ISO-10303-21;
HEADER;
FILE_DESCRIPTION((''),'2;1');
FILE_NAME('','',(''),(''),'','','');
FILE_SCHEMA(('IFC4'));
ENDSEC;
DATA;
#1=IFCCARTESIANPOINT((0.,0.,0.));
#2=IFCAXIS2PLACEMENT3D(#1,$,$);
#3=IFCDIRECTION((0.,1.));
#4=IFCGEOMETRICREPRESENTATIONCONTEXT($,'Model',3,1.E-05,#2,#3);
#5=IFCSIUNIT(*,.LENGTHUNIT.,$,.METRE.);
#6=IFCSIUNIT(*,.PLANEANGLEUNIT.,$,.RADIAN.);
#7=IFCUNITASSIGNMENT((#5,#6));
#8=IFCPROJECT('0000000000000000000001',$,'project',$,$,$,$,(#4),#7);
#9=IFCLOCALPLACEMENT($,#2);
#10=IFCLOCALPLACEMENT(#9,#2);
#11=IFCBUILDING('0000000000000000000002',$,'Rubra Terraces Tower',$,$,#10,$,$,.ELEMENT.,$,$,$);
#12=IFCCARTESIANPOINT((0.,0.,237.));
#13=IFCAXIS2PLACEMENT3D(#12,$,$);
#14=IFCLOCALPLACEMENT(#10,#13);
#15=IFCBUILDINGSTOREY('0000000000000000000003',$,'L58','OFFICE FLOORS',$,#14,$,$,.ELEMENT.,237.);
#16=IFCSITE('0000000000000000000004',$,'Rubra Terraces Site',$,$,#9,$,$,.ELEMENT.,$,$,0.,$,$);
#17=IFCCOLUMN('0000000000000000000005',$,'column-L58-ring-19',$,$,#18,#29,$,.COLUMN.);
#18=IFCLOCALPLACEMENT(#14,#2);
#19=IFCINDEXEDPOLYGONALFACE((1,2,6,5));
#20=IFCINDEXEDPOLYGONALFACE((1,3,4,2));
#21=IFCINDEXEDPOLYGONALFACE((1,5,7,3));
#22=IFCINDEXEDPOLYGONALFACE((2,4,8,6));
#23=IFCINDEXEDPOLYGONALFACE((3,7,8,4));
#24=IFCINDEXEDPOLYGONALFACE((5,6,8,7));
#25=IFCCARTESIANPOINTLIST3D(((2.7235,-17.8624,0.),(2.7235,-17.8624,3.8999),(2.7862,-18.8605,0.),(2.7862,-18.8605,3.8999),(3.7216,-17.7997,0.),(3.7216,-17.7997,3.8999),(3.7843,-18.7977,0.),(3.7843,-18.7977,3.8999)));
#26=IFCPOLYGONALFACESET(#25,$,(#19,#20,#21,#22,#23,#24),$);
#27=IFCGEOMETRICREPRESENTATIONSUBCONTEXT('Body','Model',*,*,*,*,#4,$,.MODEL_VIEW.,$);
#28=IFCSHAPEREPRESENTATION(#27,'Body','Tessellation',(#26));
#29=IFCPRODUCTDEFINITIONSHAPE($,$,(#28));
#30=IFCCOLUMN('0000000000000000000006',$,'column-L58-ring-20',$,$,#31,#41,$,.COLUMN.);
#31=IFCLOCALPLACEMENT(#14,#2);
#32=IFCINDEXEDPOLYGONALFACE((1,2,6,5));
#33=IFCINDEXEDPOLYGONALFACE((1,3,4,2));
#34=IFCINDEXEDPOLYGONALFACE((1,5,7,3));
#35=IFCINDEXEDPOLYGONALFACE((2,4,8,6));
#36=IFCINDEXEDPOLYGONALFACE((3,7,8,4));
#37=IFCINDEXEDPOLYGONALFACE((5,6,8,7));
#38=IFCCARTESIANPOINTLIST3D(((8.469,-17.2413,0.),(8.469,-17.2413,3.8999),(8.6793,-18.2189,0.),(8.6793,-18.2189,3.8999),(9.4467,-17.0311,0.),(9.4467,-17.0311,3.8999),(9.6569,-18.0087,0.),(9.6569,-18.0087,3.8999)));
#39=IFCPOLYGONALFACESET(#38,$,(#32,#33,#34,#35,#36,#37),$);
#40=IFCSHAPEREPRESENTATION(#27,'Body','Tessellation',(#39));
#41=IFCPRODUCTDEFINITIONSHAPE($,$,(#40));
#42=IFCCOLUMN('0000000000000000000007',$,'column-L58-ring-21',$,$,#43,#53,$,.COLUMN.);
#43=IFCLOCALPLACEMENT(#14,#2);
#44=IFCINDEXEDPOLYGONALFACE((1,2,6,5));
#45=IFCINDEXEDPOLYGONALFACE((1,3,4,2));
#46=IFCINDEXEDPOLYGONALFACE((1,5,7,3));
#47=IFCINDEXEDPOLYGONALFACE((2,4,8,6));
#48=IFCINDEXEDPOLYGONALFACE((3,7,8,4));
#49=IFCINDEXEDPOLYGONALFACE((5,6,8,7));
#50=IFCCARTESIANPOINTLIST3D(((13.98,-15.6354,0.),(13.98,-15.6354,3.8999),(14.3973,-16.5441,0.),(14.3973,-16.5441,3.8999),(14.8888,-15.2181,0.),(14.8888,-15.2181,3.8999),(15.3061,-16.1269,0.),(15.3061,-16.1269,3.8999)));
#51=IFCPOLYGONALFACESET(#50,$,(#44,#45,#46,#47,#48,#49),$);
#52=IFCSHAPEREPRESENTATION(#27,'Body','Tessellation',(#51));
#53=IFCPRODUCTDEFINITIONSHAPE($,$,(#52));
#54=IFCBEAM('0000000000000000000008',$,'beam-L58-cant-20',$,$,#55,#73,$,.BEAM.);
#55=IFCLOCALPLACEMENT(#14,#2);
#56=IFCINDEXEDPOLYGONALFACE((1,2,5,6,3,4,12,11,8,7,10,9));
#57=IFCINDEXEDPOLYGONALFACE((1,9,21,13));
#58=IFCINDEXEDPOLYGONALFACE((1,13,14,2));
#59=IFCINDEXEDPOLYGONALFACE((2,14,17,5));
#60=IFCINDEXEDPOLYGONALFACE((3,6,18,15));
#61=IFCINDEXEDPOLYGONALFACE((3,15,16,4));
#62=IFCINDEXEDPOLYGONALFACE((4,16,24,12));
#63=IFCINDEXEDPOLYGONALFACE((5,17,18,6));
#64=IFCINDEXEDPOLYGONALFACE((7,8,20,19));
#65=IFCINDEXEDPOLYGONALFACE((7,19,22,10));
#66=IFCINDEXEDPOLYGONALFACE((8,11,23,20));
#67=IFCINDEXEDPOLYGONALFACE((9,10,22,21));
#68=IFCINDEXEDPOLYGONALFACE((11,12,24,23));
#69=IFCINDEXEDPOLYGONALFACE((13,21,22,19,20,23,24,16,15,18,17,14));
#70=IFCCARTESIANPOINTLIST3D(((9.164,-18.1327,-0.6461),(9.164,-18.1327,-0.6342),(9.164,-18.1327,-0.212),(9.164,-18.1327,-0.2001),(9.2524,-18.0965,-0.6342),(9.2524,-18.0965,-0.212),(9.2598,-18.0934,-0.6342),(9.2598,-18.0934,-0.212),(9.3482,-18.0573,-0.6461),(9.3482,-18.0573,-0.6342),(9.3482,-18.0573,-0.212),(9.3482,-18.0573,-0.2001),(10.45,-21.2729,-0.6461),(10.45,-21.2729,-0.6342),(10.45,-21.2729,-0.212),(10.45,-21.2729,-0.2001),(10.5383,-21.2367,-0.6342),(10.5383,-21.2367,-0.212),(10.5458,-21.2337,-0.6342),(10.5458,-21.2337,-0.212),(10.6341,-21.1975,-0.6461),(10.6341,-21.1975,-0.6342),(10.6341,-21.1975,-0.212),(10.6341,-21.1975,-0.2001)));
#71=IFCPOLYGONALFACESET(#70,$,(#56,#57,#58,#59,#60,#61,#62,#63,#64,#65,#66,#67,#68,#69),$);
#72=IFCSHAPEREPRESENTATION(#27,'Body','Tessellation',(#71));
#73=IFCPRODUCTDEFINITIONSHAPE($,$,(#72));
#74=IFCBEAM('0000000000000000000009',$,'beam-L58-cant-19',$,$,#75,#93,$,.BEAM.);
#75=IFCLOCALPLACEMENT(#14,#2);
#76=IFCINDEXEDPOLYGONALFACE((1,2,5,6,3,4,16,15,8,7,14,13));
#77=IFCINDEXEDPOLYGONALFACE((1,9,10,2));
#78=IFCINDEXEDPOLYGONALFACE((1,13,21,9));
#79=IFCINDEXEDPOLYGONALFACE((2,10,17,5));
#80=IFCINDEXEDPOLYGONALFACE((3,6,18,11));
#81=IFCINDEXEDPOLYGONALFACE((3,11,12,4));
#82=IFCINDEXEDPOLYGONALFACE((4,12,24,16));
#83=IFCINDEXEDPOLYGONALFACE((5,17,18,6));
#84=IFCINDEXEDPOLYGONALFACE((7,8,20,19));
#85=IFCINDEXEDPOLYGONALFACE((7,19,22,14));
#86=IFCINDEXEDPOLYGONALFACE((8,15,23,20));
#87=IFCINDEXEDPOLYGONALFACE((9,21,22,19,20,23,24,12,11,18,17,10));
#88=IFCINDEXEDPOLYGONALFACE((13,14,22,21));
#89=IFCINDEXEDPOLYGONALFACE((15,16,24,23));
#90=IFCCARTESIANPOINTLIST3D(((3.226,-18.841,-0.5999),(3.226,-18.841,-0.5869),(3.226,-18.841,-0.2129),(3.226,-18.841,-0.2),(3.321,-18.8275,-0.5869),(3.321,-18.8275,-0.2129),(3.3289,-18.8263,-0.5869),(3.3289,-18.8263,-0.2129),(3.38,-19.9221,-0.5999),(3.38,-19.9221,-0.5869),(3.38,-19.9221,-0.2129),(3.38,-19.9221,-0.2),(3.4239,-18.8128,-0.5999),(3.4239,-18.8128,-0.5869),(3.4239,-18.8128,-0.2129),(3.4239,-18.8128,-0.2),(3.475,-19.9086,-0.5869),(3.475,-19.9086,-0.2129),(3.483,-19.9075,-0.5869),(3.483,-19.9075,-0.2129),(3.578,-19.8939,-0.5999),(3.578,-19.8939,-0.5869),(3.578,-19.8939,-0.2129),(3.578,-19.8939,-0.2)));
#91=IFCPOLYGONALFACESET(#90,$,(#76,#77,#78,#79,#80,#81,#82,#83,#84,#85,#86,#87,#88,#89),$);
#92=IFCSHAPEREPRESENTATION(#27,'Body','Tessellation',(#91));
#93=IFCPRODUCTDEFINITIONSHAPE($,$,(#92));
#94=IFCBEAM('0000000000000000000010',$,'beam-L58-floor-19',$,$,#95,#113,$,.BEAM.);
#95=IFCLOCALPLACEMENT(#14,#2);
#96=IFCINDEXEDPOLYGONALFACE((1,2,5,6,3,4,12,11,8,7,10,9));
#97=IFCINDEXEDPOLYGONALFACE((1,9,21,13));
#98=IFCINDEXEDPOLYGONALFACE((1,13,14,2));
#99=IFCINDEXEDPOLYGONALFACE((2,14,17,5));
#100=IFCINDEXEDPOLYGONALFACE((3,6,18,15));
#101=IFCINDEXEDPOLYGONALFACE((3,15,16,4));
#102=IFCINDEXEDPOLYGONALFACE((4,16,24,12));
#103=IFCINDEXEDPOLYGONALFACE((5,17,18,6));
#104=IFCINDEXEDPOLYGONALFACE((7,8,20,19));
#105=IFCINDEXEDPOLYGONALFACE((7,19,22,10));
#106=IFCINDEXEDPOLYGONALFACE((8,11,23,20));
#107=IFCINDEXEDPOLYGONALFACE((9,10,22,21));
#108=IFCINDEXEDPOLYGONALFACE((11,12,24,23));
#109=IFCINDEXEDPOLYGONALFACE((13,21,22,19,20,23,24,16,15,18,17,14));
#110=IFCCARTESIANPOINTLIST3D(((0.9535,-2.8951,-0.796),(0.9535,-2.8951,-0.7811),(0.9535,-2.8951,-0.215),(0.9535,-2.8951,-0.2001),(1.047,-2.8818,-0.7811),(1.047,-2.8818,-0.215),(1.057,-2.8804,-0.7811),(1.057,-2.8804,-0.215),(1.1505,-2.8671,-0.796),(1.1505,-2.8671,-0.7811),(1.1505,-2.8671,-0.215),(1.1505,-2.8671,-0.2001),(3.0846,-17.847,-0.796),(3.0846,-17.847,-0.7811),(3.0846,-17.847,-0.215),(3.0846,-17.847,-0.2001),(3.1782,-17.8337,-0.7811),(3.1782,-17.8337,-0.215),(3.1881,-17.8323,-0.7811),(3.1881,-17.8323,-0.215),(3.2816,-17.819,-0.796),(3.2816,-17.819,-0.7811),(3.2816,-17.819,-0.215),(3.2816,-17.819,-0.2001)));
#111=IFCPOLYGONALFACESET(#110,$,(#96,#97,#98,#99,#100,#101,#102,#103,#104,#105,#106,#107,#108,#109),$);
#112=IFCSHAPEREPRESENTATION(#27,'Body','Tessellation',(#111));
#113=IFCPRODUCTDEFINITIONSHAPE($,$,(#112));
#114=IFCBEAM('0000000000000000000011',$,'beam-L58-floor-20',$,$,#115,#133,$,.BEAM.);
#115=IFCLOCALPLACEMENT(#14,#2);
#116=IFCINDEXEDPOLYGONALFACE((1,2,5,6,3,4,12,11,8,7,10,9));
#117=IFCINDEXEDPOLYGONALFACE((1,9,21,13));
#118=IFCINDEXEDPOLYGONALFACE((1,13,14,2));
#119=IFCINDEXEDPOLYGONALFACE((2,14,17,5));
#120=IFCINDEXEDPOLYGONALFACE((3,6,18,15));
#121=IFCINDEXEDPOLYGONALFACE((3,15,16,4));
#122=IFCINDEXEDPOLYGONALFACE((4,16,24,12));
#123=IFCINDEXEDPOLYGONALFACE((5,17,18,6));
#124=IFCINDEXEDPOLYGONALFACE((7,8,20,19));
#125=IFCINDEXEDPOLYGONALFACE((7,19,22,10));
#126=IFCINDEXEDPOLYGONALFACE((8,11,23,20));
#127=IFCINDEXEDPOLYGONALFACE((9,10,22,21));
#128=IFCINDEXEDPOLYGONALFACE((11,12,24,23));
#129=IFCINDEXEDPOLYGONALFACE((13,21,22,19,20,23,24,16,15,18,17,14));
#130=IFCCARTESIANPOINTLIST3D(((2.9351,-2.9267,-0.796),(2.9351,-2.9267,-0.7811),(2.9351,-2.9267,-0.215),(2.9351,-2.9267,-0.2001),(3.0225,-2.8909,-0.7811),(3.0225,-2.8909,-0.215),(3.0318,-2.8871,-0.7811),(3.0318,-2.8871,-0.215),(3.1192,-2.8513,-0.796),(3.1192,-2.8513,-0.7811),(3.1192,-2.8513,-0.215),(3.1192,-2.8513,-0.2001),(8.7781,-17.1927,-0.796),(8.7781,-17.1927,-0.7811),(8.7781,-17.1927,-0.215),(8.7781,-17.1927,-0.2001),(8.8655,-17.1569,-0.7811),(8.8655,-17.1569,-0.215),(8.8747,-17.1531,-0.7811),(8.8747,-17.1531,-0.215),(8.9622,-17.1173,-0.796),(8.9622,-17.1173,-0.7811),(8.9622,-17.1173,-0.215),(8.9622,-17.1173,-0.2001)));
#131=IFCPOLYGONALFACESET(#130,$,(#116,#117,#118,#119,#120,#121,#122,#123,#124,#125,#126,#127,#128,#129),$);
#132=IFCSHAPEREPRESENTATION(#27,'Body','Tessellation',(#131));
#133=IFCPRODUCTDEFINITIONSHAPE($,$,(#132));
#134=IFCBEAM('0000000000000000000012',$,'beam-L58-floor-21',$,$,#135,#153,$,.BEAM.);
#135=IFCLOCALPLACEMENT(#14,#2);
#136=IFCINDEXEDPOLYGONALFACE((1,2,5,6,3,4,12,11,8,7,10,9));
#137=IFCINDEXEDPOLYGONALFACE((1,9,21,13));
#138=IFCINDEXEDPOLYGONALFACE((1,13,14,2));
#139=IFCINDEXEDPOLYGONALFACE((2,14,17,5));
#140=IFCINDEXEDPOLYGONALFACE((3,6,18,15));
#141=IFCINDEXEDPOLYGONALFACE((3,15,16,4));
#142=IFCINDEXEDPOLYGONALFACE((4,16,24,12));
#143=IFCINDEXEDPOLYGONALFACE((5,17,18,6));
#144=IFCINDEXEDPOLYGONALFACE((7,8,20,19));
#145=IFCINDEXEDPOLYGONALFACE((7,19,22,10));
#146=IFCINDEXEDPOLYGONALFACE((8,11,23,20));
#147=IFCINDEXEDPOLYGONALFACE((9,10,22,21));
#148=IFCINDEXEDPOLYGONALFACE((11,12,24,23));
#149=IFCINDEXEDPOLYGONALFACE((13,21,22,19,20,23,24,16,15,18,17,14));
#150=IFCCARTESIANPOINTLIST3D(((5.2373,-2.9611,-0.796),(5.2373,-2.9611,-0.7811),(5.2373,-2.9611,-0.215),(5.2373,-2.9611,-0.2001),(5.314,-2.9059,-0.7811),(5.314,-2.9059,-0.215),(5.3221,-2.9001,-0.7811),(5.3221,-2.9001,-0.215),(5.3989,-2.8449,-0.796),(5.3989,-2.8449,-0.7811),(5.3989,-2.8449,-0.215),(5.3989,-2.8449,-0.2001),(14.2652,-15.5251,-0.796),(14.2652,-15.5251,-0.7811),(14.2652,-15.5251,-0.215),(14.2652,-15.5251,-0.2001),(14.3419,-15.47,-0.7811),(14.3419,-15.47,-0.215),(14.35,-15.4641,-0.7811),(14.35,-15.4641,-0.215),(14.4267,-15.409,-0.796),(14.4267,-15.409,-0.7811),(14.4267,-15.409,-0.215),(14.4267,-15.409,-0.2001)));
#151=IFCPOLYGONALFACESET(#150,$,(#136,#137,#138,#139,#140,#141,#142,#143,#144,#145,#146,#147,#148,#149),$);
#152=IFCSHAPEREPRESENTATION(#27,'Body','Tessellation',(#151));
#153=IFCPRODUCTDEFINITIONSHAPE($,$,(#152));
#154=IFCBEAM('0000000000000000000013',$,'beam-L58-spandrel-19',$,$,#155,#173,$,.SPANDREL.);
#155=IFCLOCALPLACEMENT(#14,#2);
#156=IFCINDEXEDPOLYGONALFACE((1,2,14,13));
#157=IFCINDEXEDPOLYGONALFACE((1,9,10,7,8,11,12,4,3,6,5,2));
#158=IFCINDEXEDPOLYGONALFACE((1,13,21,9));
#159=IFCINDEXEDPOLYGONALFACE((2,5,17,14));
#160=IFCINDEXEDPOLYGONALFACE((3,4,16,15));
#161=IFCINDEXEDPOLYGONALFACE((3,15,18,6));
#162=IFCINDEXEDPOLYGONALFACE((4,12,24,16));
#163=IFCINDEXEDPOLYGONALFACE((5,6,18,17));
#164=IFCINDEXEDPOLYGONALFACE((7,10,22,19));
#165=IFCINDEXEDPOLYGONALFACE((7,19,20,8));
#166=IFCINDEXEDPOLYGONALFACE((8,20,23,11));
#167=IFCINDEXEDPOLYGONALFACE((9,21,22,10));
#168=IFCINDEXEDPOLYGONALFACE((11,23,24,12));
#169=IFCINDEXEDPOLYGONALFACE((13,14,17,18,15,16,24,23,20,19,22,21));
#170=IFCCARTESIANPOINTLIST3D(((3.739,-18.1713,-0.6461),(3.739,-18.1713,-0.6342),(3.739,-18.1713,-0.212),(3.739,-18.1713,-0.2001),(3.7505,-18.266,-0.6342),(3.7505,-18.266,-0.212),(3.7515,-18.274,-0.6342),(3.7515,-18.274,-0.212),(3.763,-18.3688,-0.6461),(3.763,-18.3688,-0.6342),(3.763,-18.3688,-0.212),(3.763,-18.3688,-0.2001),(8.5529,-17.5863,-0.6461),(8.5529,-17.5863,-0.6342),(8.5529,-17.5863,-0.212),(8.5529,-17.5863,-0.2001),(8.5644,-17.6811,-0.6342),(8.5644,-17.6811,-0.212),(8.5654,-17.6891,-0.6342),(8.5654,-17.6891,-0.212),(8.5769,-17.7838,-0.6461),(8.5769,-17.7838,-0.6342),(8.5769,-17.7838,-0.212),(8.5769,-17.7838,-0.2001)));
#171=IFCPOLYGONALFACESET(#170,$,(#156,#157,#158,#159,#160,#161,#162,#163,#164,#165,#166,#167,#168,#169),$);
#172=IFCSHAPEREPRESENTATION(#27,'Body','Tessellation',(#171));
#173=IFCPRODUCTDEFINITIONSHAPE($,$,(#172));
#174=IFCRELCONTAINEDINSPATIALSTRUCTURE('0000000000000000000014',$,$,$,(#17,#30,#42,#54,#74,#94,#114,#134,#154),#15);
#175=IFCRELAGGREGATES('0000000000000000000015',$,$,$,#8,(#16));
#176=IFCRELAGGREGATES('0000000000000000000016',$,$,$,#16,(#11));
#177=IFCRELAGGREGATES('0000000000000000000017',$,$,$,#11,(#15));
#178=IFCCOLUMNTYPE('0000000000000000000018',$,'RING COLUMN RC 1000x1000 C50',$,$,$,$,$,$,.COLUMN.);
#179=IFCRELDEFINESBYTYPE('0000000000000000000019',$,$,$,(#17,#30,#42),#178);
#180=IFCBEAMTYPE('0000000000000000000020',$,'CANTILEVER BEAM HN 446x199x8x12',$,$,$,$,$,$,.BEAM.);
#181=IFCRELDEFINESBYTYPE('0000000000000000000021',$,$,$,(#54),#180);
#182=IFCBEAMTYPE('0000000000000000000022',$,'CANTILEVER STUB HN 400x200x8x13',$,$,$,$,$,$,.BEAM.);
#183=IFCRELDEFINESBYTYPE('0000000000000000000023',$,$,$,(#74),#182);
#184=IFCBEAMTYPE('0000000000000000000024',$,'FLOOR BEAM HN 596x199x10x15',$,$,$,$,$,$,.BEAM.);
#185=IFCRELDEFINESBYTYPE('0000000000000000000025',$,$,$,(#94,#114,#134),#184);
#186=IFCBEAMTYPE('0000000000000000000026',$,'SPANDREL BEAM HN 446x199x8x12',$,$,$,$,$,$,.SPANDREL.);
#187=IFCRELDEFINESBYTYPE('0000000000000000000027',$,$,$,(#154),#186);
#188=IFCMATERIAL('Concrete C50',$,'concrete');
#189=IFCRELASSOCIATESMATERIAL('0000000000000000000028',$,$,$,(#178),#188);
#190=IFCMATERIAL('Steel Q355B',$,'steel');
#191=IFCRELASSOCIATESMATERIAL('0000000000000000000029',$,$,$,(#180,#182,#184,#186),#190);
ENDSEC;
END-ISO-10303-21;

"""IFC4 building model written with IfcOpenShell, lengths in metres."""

from ifc_helpers import new_model, si_unit, direction, frame, origin, origin_2d, place, context, subcontext, project, spatial, rectangle, i_section, extrude, material, material_profile, profile_set, type_object, element, save


model = new_model("IFC4")

# Units and contexts
model_context = context("Model", 3, precision=1e-05, world=origin(), true_north=direction((0.0, 1.0)))
body_context = subcontext(model_context, "Body", "Model", "MODEL_VIEW")
ifc_project = project(units=[si_unit("LENGTHUNIT", "METRE"), si_unit("PLANEANGLEUNIT", "RADIAN")], contexts=[model_context])

# Site, building, storey
site_placement = place(None, origin())
site = spatial("IfcSite", under=ifc_project, at=site_placement, Name="Rubra Terraces Site", CompositionType="ELEMENT", RefElevation=0.0)
building_placement = place(site_placement, origin())
building = spatial("IfcBuilding", under=site, at=building_placement, Name="Rubra Terraces Tower", CompositionType="ELEMENT")
storey_placement = place(building_placement, frame((0.0, 0.0, 237.0)))
storey = spatial("IfcBuildingStorey", under=building, at=storey_placement, Name="L58", Description="OFFICE FLOORS", CompositionType="ELEMENT", Elevation=237.0)

# Columns
ifc_material_1 = material(Name="Concrete C50", Category="concrete")
ifc_material_profile_1 = material_profile(ifc_material_1, rectangle(XDim=1.0, YDim=1.0, at=origin_2d()), Name="RC 1000x1000")
ifc_profile_set_1 = profile_set([ifc_material_profile_1], Name="Concrete C50")
column_type = type_object("IfcColumnType", Name="RING COLUMN RC 1000x1000 C50", PredefinedType="COLUMN", material=ifc_profile_set_1)
for number, where, z_axis, x_axis, name in (
    (1, (3.2539, -18.3301, 0.0), (0.0, 0.0, 1.0), (0.998032, 0.062714, 0.0), "column-L58-ring-19"),
    (2, (9.063, -17.625, 0.0), (0.0, 0.0, 1.0), (0.977653, 0.210227, 0.0), "column-L58-ring-20"),
    (3, (14.6431, -15.8811, 0.0), (0.0, 0.0, 1.0), (0.908779, 0.417279, 0.0), "column-L58-ring-21"),
):
    element("IfcColumn", number, at=place(storey_placement, frame(where, z_axis=z_axis, x_axis=x_axis)), inside=storey, type_object=column_type, Name=name, PredefinedType="COLUMN", context=body_context, shape_type="SweptSolid", body=[
        extrude(rectangle(XDim=1.0, YDim=1.0, at=origin_2d()), origin(), (0.0, 0.0, 1.0), 3.8999),
    ])

# Beams
ifc_material_2 = material(Name="Steel Q355B", Category="steel")
ifc_material_profile_2 = material_profile(ifc_material_2, i_section(OverallWidth=0.199, OverallDepth=0.446, WebThickness=0.0081, FlangeThickness=0.012, at=origin_2d()), Name="HN 446x199x8x12")
ifc_profile_set_2 = profile_set([ifc_material_profile_2], Name="Steel Q355B")
beam_type_1 = type_object("IfcBeamType", Name="CANTILEVER BEAM HN 446x199x8x12", PredefinedType="BEAM", material=ifc_profile_set_2)
beam_1_placement = place(storey_placement, frame((9.2561, -18.095, -0.4231), z_axis=(0.378958, -0.925414, 0.0), x_axis=(0.925414, 0.378958, 0.0)))
element("IfcBeam", 4, at=beam_1_placement, inside=storey, type_object=beam_type_1, Name="beam-L58-cant-20", PredefinedType="BEAM", context=body_context, shape_type="SweptSolid", body=[
    extrude(i_section(OverallWidth=0.199, OverallDepth=0.446, WebThickness=0.0081, FlangeThickness=0.012, at=origin_2d()), origin(), (0.0, 0.0, 1.0), 3.3933),
])
ifc_material_profile_3 = material_profile(ifc_material_2, i_section(OverallWidth=0.2, OverallDepth=0.3999, WebThickness=0.0081, FlangeThickness=0.0129, at=origin_2d()), Name="HN 400x200x8x13")
ifc_profile_set_3 = profile_set([ifc_material_profile_3], Name="Steel Q355B")
beam_type_2 = type_object("IfcBeamType", Name="CANTILEVER STUB HN 400x200x8x13", PredefinedType="BEAM", material=ifc_profile_set_3)
beam_2_placement = place(storey_placement, frame((3.325, -18.8269, -0.3999), z_axis=(0.141077, -0.989999, 0.0), x_axis=(0.989999, 0.141077, 0.0)))
element("IfcBeam", 5, at=beam_2_placement, inside=storey, type_object=beam_type_2, Name="beam-L58-cant-19", PredefinedType="BEAM", context=body_context, shape_type="SweptSolid", body=[
    extrude(i_section(OverallWidth=0.2, OverallDepth=0.3999, WebThickness=0.0081, FlangeThickness=0.0129, at=origin_2d()), origin(), (0.0, 0.0, 1.0), 1.092),
])
ifc_material_profile_4 = material_profile(ifc_material_2, i_section(OverallWidth=0.199, OverallDepth=0.5959, WebThickness=0.01, FlangeThickness=0.0149, at=origin_2d()), Name="HN 596x199x10x15")
ifc_profile_set_4 = profile_set([ifc_material_profile_4], Name="Steel Q355B")
beam_type_3 = type_object("IfcBeamType", Name="FLOOR BEAM HN 596x199x10x15", PredefinedType="BEAM", material=ifc_profile_set_4)
beam_3_placement = place(storey_placement, frame((3.1831, -17.833, -0.498), z_axis=(-0.141105, 0.989995, 0.0), x_axis=(-0.989995, -0.141105, 0.0)))
element("IfcBeam", 6, at=beam_3_placement, inside=storey, type_object=beam_type_3, Name="beam-L58-floor-19", PredefinedType="BEAM", context=body_context, shape_type="SweptSolid", body=[
    extrude(i_section(OverallWidth=0.199, OverallDepth=0.5959, WebThickness=0.01, FlangeThickness=0.0149, at=origin_2d()), origin(), (0.0, 0.0, 1.0), 15.103),
])
beam_4_placement = place(storey_placement, frame((8.8701, -17.155, -0.498), z_axis=(-0.379015, 0.92539, 0.0), x_axis=(-0.92539, -0.379015, 0.0)))
element("IfcBeam", 7, at=beam_4_placement, inside=storey, type_object=beam_type_3, Name="beam-L58-floor-20", PredefinedType="BEAM", context=body_context, shape_type="SweptSolid", body=[
    extrude(i_section(OverallWidth=0.199, OverallDepth=0.5959, WebThickness=0.01, FlangeThickness=0.0149, at=origin_2d()), origin(), (0.0, 0.0, 1.0), 15.4163),
])
beam_5_placement = place(storey_placement, frame((14.3459, -15.467, -0.498), z_axis=(-0.583529, 0.812092, 0.0), x_axis=(-0.812092, -0.583529, 0.0)))
element("IfcBeam", 8, at=beam_5_placement, inside=storey, type_object=beam_type_3, Name="beam-L58-floor-21", PredefinedType="BEAM", context=body_context, shape_type="SweptSolid", body=[
    extrude(i_section(OverallWidth=0.199, OverallDepth=0.5959, WebThickness=0.01, FlangeThickness=0.0149, at=origin_2d()), origin(), (0.0, 0.0, 1.0), 15.4712),
])
ifc_material_profile_5 = material_profile(ifc_material_2, i_section(OverallWidth=0.199, OverallDepth=0.446, WebThickness=0.0081, FlangeThickness=0.012, at=origin_2d()), Name="HN 446x199x8x12")
ifc_profile_set_5 = profile_set([ifc_material_profile_5], Name="Steel Q355B")
beam_type_4 = type_object("IfcBeamType", Name="SPANDREL BEAM HN 446x199x8x12", PredefinedType="SPANDREL", material=ifc_profile_set_5)
beam_6_placement = place(storey_placement, frame((3.751, -18.27, -0.4231), z_axis=(0.992698, 0.120626, 0.0), x_axis=(-0.120626, 0.992698, 0.0)))
element("IfcBeam", 9, at=beam_6_placement, inside=storey, type_object=beam_type_4, Name="beam-L58-spandrel-19", PredefinedType="SPANDREL", context=body_context, shape_type="SweptSolid", body=[
    extrude(i_section(OverallWidth=0.199, OverallDepth=0.446, WebThickness=0.0081, FlangeThickness=0.012, at=origin_2d()), origin(), (0.0, 0.0, 1.0), 4.8494),
])

save(model, "model.ifc")
